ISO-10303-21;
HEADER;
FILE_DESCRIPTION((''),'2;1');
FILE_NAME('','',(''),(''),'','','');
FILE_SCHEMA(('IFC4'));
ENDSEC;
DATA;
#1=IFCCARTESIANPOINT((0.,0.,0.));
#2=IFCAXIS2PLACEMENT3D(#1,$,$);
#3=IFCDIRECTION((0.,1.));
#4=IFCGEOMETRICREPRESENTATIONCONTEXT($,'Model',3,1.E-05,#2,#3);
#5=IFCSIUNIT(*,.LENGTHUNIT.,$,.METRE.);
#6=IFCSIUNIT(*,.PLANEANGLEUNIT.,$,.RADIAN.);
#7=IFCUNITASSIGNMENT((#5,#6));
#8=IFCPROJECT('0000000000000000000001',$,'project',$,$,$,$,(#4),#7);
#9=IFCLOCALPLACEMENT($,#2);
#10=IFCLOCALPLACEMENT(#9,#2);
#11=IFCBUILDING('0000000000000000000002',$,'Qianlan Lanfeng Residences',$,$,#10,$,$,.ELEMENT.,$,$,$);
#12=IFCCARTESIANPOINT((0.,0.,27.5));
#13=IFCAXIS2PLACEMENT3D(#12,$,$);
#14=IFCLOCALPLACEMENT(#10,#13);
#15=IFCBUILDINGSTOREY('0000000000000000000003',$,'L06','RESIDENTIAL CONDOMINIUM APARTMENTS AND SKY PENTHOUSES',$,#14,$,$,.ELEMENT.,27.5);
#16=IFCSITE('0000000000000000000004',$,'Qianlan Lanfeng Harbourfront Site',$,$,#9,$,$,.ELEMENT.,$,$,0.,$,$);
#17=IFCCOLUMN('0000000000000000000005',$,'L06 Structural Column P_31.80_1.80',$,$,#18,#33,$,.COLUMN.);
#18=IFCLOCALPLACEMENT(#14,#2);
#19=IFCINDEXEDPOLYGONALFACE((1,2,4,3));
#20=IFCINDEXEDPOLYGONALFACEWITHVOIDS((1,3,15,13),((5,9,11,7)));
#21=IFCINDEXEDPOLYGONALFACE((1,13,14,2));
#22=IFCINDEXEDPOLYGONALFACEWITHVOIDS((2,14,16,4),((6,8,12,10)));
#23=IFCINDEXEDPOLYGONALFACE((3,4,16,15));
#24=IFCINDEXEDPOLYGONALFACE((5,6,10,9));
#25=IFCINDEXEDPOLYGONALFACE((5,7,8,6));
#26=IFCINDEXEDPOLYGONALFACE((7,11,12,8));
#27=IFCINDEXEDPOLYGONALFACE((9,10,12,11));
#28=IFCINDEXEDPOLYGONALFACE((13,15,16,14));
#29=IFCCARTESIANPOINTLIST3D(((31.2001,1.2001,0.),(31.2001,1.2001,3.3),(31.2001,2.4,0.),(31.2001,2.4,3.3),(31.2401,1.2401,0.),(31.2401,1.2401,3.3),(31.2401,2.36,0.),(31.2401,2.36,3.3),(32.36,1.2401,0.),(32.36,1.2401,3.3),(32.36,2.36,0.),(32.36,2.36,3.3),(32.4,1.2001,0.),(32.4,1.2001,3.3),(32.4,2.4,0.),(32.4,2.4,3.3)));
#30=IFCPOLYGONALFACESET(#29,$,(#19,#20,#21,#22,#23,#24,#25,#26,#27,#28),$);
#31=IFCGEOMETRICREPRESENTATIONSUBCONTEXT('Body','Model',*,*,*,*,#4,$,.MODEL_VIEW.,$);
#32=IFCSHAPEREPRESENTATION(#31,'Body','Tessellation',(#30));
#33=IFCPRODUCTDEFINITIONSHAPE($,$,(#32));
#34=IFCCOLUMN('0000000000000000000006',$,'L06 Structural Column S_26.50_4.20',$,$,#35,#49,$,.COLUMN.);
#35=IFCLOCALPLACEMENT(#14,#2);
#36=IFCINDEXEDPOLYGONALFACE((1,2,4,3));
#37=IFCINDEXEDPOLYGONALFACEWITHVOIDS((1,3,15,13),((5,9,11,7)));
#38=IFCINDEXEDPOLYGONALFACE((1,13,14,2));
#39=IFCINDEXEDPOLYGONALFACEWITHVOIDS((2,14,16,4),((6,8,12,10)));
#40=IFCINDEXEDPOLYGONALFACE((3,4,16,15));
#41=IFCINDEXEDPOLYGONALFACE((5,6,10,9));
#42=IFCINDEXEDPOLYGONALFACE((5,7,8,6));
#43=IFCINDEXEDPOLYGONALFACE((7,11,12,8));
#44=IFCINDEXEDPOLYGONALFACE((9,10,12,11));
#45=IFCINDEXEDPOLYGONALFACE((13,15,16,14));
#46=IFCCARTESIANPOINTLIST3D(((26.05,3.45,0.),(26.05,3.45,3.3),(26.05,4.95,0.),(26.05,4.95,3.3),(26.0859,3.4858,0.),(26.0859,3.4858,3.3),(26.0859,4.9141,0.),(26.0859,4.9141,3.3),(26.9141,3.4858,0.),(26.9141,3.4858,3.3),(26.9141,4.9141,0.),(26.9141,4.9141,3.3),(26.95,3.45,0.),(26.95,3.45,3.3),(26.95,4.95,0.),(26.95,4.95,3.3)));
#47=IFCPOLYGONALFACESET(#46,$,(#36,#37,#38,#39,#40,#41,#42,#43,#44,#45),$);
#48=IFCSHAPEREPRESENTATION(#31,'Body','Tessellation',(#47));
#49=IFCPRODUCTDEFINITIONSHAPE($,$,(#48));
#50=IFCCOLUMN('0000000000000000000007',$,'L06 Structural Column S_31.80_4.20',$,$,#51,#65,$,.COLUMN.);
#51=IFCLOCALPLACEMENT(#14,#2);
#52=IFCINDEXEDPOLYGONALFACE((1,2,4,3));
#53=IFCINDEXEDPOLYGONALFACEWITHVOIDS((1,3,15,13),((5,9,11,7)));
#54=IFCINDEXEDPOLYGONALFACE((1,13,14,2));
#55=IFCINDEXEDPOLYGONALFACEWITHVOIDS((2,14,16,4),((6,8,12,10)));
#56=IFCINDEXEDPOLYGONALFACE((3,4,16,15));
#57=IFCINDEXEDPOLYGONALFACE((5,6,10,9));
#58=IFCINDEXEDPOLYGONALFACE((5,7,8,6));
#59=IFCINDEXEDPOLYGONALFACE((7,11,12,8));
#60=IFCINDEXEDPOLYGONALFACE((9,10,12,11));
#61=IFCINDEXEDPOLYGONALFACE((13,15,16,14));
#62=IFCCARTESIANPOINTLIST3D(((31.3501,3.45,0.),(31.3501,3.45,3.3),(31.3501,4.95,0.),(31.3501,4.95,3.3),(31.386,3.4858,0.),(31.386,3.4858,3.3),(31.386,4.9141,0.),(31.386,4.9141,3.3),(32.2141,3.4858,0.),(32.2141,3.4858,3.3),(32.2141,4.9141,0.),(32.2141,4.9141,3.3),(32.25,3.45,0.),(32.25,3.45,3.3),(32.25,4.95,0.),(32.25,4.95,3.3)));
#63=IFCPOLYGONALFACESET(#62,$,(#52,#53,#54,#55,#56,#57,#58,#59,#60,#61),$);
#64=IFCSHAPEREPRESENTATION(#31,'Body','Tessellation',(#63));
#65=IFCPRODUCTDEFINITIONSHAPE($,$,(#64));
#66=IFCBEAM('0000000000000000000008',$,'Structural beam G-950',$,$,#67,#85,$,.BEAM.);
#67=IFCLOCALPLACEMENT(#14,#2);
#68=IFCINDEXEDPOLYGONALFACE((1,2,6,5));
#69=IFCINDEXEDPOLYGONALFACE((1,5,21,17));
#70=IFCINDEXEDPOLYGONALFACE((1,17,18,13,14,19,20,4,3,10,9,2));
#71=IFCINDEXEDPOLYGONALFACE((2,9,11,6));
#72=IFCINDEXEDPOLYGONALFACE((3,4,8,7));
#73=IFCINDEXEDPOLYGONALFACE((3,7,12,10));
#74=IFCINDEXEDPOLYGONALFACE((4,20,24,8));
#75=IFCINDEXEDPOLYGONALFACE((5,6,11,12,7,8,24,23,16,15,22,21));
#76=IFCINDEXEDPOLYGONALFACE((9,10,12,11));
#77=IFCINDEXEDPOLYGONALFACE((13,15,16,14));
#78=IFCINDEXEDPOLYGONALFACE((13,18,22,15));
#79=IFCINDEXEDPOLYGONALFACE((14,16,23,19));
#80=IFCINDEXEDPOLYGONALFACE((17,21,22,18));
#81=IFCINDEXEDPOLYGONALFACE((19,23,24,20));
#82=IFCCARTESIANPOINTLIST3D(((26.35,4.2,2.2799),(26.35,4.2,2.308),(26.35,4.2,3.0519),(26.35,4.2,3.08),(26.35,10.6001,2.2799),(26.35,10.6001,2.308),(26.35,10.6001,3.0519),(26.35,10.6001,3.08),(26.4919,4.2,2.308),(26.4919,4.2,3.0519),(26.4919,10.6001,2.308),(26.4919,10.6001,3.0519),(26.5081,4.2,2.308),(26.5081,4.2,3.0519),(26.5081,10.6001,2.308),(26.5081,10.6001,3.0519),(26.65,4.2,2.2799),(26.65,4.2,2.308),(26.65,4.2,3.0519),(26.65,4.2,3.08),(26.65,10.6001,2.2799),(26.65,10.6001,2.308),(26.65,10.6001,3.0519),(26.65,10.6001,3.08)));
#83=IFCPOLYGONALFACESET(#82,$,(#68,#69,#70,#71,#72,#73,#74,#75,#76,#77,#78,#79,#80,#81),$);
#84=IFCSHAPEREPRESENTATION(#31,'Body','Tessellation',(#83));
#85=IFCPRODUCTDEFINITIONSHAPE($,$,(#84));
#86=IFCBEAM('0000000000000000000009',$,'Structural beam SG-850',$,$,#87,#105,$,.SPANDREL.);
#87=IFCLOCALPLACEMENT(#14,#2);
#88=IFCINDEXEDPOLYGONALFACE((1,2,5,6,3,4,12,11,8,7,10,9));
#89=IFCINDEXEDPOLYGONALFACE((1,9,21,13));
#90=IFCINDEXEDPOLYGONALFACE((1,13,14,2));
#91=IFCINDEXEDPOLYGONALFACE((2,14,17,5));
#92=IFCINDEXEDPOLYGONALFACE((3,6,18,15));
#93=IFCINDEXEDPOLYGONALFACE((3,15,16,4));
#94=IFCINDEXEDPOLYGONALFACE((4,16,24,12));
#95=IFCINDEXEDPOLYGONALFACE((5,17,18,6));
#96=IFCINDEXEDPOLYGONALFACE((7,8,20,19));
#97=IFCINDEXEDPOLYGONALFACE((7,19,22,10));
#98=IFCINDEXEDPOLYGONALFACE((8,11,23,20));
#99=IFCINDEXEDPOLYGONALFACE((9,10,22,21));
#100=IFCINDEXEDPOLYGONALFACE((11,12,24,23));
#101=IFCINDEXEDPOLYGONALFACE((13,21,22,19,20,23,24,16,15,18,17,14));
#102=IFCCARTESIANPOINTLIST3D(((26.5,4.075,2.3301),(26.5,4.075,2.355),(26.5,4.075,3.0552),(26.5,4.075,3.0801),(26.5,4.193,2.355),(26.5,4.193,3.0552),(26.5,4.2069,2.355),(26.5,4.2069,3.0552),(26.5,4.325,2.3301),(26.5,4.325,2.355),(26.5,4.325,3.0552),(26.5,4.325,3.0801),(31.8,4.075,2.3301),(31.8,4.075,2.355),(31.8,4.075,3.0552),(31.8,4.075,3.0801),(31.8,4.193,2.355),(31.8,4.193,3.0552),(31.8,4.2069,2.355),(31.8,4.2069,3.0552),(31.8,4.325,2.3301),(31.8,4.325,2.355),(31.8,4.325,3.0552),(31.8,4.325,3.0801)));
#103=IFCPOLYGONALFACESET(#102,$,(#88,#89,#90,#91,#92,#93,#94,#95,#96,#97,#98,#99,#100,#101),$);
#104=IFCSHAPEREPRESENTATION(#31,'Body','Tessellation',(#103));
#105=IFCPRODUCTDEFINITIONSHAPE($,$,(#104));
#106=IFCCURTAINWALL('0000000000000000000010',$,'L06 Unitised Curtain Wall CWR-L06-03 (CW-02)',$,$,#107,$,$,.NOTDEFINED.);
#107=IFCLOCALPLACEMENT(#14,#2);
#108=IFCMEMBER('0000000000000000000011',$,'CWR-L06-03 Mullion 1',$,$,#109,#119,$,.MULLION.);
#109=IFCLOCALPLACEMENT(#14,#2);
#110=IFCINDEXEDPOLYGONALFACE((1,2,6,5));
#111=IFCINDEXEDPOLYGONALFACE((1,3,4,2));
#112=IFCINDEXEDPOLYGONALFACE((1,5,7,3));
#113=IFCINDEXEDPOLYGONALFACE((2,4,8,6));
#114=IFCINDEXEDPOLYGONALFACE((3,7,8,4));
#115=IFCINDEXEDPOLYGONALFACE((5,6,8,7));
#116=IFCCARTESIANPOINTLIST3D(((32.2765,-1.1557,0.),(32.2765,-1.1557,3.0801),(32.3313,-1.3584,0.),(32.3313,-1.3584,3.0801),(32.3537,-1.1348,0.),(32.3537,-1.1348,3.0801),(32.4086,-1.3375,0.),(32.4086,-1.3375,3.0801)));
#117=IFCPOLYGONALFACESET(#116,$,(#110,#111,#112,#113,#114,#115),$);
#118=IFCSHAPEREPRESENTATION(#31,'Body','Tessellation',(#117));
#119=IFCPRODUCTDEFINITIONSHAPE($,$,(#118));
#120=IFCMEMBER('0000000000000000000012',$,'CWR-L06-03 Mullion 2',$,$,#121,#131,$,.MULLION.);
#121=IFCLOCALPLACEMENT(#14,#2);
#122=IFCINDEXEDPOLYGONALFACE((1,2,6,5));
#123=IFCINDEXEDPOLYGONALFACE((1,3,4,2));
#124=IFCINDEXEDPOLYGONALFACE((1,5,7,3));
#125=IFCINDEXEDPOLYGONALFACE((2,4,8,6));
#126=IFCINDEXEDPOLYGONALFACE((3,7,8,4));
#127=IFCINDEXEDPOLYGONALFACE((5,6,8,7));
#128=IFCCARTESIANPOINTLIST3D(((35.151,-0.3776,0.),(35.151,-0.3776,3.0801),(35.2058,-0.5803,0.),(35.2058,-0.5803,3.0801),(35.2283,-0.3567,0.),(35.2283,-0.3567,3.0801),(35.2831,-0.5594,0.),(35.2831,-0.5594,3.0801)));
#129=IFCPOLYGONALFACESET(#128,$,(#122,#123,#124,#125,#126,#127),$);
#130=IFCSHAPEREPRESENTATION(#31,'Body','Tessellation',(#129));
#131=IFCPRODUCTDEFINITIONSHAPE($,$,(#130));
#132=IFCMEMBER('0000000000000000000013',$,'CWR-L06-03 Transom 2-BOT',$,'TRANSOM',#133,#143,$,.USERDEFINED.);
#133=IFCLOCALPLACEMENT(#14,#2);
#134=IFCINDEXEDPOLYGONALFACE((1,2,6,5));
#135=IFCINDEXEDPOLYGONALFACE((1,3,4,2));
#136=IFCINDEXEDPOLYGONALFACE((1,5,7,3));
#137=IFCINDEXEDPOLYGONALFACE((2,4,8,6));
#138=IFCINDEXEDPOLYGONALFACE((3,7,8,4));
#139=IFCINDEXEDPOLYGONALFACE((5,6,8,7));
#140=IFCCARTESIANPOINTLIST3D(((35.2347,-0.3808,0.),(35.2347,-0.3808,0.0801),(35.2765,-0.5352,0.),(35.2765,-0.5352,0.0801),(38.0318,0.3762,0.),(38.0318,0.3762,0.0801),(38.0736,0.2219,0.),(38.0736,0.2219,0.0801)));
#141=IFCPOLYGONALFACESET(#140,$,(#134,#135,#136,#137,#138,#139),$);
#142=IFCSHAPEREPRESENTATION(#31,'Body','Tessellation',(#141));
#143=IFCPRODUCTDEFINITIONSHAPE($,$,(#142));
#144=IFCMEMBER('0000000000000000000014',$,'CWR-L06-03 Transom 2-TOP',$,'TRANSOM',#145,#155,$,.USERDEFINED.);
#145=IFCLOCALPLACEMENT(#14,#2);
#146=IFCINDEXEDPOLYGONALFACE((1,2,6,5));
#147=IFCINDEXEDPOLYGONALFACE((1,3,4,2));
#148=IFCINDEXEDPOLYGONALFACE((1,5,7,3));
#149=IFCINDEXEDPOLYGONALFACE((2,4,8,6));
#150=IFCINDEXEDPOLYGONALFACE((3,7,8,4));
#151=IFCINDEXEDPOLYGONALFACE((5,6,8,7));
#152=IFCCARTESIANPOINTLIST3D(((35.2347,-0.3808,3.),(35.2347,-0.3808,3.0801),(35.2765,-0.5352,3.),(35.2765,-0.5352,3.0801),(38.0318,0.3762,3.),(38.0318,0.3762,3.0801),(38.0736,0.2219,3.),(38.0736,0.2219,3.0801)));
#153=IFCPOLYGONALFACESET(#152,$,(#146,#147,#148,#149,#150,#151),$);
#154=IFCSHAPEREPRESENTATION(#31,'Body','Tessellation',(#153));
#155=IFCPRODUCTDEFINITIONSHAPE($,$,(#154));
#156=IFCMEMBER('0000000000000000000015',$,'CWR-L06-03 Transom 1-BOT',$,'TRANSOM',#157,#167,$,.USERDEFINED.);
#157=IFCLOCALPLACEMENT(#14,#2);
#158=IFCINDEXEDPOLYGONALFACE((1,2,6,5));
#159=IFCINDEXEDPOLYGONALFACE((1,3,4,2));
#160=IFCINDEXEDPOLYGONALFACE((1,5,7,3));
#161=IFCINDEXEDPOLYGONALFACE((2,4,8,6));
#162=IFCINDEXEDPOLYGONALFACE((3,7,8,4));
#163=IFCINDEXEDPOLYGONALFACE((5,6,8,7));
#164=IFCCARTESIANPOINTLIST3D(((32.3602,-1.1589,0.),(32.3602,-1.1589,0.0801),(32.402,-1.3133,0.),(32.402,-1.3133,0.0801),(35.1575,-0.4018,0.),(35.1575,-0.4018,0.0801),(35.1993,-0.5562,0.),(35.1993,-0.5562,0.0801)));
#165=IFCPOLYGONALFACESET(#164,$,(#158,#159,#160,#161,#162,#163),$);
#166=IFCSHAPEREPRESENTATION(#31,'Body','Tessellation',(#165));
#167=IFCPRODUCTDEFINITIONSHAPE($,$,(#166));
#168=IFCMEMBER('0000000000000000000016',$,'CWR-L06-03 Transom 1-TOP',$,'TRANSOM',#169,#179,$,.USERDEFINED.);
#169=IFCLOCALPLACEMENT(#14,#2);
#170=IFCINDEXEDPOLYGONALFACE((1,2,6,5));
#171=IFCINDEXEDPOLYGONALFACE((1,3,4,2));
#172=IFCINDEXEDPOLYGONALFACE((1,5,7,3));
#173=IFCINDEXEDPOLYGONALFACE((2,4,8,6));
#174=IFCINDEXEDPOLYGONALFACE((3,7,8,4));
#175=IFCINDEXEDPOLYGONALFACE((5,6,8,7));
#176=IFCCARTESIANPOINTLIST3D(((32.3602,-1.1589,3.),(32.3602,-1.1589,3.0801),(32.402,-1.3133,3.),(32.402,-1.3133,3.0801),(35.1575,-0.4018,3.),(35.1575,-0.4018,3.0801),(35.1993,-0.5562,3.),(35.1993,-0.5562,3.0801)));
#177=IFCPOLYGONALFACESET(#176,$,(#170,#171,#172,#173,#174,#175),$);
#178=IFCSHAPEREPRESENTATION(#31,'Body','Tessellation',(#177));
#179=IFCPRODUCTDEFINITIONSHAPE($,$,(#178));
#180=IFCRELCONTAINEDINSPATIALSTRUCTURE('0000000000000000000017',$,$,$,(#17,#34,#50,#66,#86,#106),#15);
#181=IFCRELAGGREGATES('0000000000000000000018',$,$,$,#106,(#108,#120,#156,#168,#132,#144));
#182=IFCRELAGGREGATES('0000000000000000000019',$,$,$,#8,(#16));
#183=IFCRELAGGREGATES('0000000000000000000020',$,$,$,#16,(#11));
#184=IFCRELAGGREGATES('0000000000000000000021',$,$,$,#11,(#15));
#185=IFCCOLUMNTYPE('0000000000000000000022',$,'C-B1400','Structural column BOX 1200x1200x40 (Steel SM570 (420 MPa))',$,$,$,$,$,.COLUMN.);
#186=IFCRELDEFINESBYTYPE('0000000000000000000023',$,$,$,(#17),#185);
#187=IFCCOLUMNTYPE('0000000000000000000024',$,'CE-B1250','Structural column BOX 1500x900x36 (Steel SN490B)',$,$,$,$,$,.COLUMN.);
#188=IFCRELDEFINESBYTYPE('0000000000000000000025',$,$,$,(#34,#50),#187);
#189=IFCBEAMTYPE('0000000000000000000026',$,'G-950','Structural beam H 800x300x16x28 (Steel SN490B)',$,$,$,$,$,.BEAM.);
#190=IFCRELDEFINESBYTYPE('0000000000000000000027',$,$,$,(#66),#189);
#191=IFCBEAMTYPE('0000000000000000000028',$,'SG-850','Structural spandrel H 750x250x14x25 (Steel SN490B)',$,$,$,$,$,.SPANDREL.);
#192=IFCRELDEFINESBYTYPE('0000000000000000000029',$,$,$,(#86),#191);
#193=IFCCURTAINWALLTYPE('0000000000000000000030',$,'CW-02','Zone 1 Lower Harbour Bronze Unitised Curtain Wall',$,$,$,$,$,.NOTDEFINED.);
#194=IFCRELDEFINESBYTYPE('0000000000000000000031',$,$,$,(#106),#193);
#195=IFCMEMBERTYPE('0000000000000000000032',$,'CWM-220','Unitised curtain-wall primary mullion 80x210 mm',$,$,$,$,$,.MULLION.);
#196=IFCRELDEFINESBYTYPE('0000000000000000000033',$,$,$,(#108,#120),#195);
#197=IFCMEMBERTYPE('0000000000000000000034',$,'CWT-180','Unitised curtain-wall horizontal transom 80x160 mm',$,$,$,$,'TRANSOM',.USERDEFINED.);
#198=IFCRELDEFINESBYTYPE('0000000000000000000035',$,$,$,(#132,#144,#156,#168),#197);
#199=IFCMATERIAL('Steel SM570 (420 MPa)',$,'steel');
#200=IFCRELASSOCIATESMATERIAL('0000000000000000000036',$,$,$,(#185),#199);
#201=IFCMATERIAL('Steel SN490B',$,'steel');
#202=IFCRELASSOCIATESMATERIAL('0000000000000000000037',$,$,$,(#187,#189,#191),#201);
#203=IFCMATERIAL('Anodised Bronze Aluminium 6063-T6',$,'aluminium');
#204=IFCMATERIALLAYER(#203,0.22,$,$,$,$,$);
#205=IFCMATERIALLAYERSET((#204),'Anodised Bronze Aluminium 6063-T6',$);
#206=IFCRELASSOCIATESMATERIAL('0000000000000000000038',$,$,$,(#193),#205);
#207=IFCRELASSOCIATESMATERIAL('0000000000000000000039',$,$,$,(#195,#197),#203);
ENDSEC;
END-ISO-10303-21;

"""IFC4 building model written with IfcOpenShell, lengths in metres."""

from ifc_helpers import new_model, si_unit, direction, frame, origin, origin_2d, place, context, subcontext, project, spatial, rectangle, hollow_rectangle, i_section, extrude, source, transform, mapped, material, layer, layer_set, material_profile, profile_set, type_object, element, aggregate, save


model = new_model("IFC4")

# Units and contexts
model_context = context("Model", 3, precision=1e-05, world=origin(), true_north=direction((0.0, 1.0)))
body_context = subcontext(model_context, "Body", "Model", "MODEL_VIEW")
ifc_project = project(units=[si_unit("LENGTHUNIT", "METRE"), si_unit("PLANEANGLEUNIT", "RADIAN")], contexts=[model_context])

# Site, building, storey
site_placement = place(None, origin())
site = spatial("IfcSite", under=ifc_project, at=site_placement, Name="Qianlan Lanfeng Harbourfront Site", CompositionType="ELEMENT", RefElevation=0.0)
building_placement = place(site_placement, origin())
building = spatial("IfcBuilding", under=site, at=building_placement, Name="Qianlan Lanfeng Residences", CompositionType="ELEMENT")
storey_placement = place(building_placement, frame((0.0, 0.0, 27.5)))
storey = spatial("IfcBuildingStorey", under=building, at=storey_placement, Name="L06", Description="RESIDENTIAL CONDOMINIUM APARTMENTS AND SKY PENTHOUSES", CompositionType="ELEMENT", Elevation=27.5)

# Columns
ifc_material_1 = material(Name="Steel SM570 (420 MPa)", Category="steel")
ifc_material_profile_1 = material_profile(ifc_material_1, hollow_rectangle(XDim=1.2, YDim=1.2, WallThickness=0.04, at=origin_2d()), Name="BOX 1200x1200x40")
ifc_profile_set_1 = profile_set([ifc_material_profile_1], Name="Steel SM570 (420 MPa)")
column_type_1 = type_object("IfcColumnType", Name="C-B1400", Description="Structural column BOX 1200x1200x40 (Steel SM570 (420 MPa))", PredefinedType="COLUMN", material=ifc_profile_set_1)
column_placement = place(storey_placement, frame((31.8, 1.8, 0.0), z_axis=(0.0, 0.0, 1.0), x_axis=(1.0, 0.0, 0.0)))
element("IfcColumn", 1, at=column_placement, inside=storey, type_object=column_type_1, Name="L06 Structural Column P_31.80_1.80", PredefinedType="COLUMN", context=body_context, shape_type="SweptSolid", body=[
    extrude(hollow_rectangle(XDim=1.2, YDim=1.2, WallThickness=0.04, at=origin_2d()), origin(), (0.0, 0.0, 1.0), 3.3),
])
ifc_material_2 = material(Name="Steel SN490B", Category="steel")
ifc_material_profile_2 = material_profile(ifc_material_2, hollow_rectangle(XDim=0.8999, YDim=1.5, WallThickness=0.0359, at=origin_2d()), Name="BOX 1500x900x36")
ifc_profile_set_2 = profile_set([ifc_material_profile_2], Name="Steel SN490B")
column_type_2 = type_object("IfcColumnType", Name="CE-B1250", Description="Structural column BOX 1500x900x36 (Steel SN490B)", PredefinedType="COLUMN", material=ifc_profile_set_2)
for number, where, z_axis, x_axis, name in (
    (2, (26.5, 4.2, 0.0), (0.0, 0.0, 1.0), (1.0, 0.0, 0.0), "L06 Structural Column S_26.50_4.20"),
    (3, (31.8, 4.2, 0.0), (0.0, 0.0, 1.0), (1.0, 0.0, 0.0), "L06 Structural Column S_31.80_4.20"),
):
    element("IfcColumn", number, at=place(storey_placement, frame(where, z_axis=z_axis, x_axis=x_axis)), inside=storey, type_object=column_type_2, Name=name, PredefinedType="COLUMN", context=body_context, shape_type="SweptSolid", body=[
        extrude(hollow_rectangle(XDim=0.8999, YDim=1.5, WallThickness=0.0359, at=origin_2d()), origin(), (0.0, 0.0, 1.0), 3.3),
    ])

# Beams
ifc_material_profile_3 = material_profile(ifc_material_2, i_section(OverallWidth=0.3, OverallDepth=0.8, WebThickness=0.0161, FlangeThickness=0.0281, at=origin_2d()), Name="H 800x300x16x28")
ifc_profile_set_3 = profile_set([ifc_material_profile_3], Name="Steel SN490B")
beam_type_1 = type_object("IfcBeamType", Name="G-950", Description="Structural beam H 800x300x16x28 (Steel SN490B)", PredefinedType="BEAM", material=ifc_profile_set_3)
beam_1_placement = place(storey_placement, frame((26.5, 4.2, 2.6799), z_axis=(0.0, 1.0, 0.0), x_axis=(-1.0, 0.0, 0.0)))
element("IfcBeam", 4, at=beam_1_placement, inside=storey, type_object=beam_type_1, Name="Structural beam G-950", PredefinedType="BEAM", context=body_context, shape_type="SweptSolid", body=[
    extrude(i_section(OverallWidth=0.3, OverallDepth=0.8, WebThickness=0.0161, FlangeThickness=0.0281, at=origin_2d()), origin(), (0.0, 0.0, 1.0), 6.4001),
])
ifc_material_profile_4 = material_profile(ifc_material_2, i_section(OverallWidth=0.25, OverallDepth=0.75, WebThickness=0.0139, FlangeThickness=0.0249, at=origin_2d()), Name="H 750x250x14x25")
ifc_profile_set_4 = profile_set([ifc_material_profile_4], Name="Steel SN490B")
beam_type_2 = type_object("IfcBeamType", Name="SG-850", Description="Structural spandrel H 750x250x14x25 (Steel SN490B)", PredefinedType="SPANDREL", material=ifc_profile_set_4)
beam_2_placement = place(storey_placement, frame((26.5, 4.2, 2.7051), z_axis=(1.0, 0.0, 0.0), x_axis=(0.0, 1.0, 0.0)))
element("IfcBeam", 5, at=beam_2_placement, inside=storey, type_object=beam_type_2, Name="Structural beam SG-850", PredefinedType="SPANDREL", context=body_context, shape_type="SweptSolid", body=[
    extrude(i_section(OverallWidth=0.25, OverallDepth=0.75, WebThickness=0.0139, FlangeThickness=0.0249, at=origin_2d()), origin(), (0.0, 0.0, 1.0), 5.3),
])

# Curtain wall, members
ifc_material_3 = material(Name="Anodised Bronze Aluminium 6063-T6", Category="aluminium")
ifc_layer_1 = layer(ifc_material_3, 0.22)
ifc_layer_set_1 = layer_set([ifc_layer_1], Name="Anodised Bronze Aluminium 6063-T6")
curtain_wall_type = type_object("IfcCurtainWallType", Name="CW-02", Description="Zone 1 Lower Harbour Bronze Unitised Curtain Wall", PredefinedType="NOTDEFINED", material=ifc_layer_set_1)
curtain_wall_placement = place(storey_placement, origin())
curtain_wall = element("IfcCurtainWall", 6, at=curtain_wall_placement, inside=storey, type_object=curtain_wall_type, Name="L06 Unitised Curtain Wall CWR-L06-03 (CW-02)", PredefinedType="NOTDEFINED")
ifc_material_profile_5 = material_profile(ifc_material_3, rectangle(XDim=0.0801, YDim=0.21, at=origin_2d()), Name="ALU MULLION 80x210")
ifc_profile_set_5 = profile_set([ifc_material_profile_5], Name="Anodised Bronze Aluminium 6063-T6")
member_type_1 = type_object("IfcMemberType", Name="CWM-220", Description="Unitised curtain-wall primary mullion 80x210 mm", PredefinedType="MULLION", material=ifc_profile_set_5)
shared_shape_1 = source(origin(), body_context, "Body", "SweptSolid", [
    extrude(rectangle(XDim=0.0801, YDim=0.21, at=origin_2d()), origin(), (0.0, 0.0, 1.0), 3.0801),
])
member_1_placement = place(storey_placement, frame((32.3425, -1.2466, 0.0), z_axis=(0.0, 0.0, 1.0), x_axis=(0.965263, 0.261281, 0.0)))
member_1 = element("IfcMember", 7, at=member_1_placement, type_object=member_type_1, Name="CWR-L06-03 Mullion 1", PredefinedType="MULLION", context=body_context, shape_type="MappedRepresentation", body=[
    mapped(shared_shape_1, transform((0.0, 0.0, 0.0), scale=1.0)),
])
member_2_placement = place(storey_placement, frame((35.217, -0.4685, 0.0), z_axis=(0.0, 0.0, 1.0), x_axis=(0.965263, 0.261281, 0.0)))
member_2 = element("IfcMember", 8, at=member_2_placement, type_object=member_type_1, Name="CWR-L06-03 Mullion 2", PredefinedType="MULLION", context=body_context, shape_type="MappedRepresentation", body=[
    mapped(shared_shape_1, transform((0.0, 0.0, 0.0), scale=1.0)),
])
ifc_material_profile_6 = material_profile(ifc_material_3, rectangle(XDim=0.0801, YDim=0.1599, at=origin_2d()), Name="ALU TRANSOM 80x160")
ifc_profile_set_6 = profile_set([ifc_material_profile_6], Name="Anodised Bronze Aluminium 6063-T6")
member_type_2 = type_object("IfcMemberType", Name="CWT-180", Description="Unitised curtain-wall horizontal transom 80x160 mm", ElementType="TRANSOM", PredefinedType="USERDEFINED", material=ifc_profile_set_6)
shared_shape_2 = source(origin(), body_context, "Body", "SweptSolid", [
    extrude(rectangle(XDim=0.0801, YDim=0.1599, at=origin_2d()), origin(), (0.0, 0.0, 1.0), 2.8977),
])
member_3_placement = place(storey_placement, frame((35.2556, -0.458, 0.04), z_axis=(0.965268, 0.261263, 0.0), x_axis=(0.0, 0.0, 1.0)))
member_3 = element("IfcMember", 9, at=member_3_placement, type_object=member_type_2, Name="CWR-L06-03 Transom 2-BOT", ObjectType="TRANSOM", PredefinedType="USERDEFINED", context=body_context, shape_type="MappedRepresentation", body=[
    mapped(shared_shape_2, transform((0.0, 0.0, 0.0), scale=1.0)),
])
member_4_placement = place(storey_placement, frame((35.2556, -0.458, 3.04), z_axis=(0.965268, 0.261263, 0.0), x_axis=(0.0, 0.0, 1.0)))
member_4 = element("IfcMember", 10, at=member_4_placement, type_object=member_type_2, Name="CWR-L06-03 Transom 2-TOP", ObjectType="TRANSOM", PredefinedType="USERDEFINED", context=body_context, shape_type="MappedRepresentation", body=[
    mapped(shared_shape_2, transform((0.0, 0.0, 0.0), scale=1.0)),
])
shared_shape_3 = source(origin(), body_context, "Body", "SweptSolid", [
    extrude(rectangle(XDim=0.0801, YDim=0.1599, at=origin_2d()), origin(), (0.0, 0.0, 1.0), 2.8979),
])
member_5_placement = place(storey_placement, frame((32.3811, -1.2361, 0.04), z_axis=(0.965273, 0.261242, 0.0), x_axis=(0.0, 0.0, 1.0)))
member_5 = element("IfcMember", 11, at=member_5_placement, type_object=member_type_2, Name="CWR-L06-03 Transom 1-BOT", ObjectType="TRANSOM", PredefinedType="USERDEFINED", context=body_context, shape_type="MappedRepresentation", body=[
    mapped(shared_shape_3, transform((0.0, 0.0, 0.0), scale=1.0)),
])
member_6_placement = place(storey_placement, frame((32.3811, -1.2361, 3.04), z_axis=(0.965273, 0.261242, 0.0), x_axis=(0.0, 0.0, 1.0)))
member_6 = element("IfcMember", 12, at=member_6_placement, type_object=member_type_2, Name="CWR-L06-03 Transom 1-TOP", ObjectType="TRANSOM", PredefinedType="USERDEFINED", context=body_context, shape_type="MappedRepresentation", body=[
    mapped(shared_shape_3, transform((0.0, 0.0, 0.0), scale=1.0)),
])
aggregate(curtain_wall, [member_1, member_2, member_5, member_6, member_3, member_4])

save(model, "model.ifc")
